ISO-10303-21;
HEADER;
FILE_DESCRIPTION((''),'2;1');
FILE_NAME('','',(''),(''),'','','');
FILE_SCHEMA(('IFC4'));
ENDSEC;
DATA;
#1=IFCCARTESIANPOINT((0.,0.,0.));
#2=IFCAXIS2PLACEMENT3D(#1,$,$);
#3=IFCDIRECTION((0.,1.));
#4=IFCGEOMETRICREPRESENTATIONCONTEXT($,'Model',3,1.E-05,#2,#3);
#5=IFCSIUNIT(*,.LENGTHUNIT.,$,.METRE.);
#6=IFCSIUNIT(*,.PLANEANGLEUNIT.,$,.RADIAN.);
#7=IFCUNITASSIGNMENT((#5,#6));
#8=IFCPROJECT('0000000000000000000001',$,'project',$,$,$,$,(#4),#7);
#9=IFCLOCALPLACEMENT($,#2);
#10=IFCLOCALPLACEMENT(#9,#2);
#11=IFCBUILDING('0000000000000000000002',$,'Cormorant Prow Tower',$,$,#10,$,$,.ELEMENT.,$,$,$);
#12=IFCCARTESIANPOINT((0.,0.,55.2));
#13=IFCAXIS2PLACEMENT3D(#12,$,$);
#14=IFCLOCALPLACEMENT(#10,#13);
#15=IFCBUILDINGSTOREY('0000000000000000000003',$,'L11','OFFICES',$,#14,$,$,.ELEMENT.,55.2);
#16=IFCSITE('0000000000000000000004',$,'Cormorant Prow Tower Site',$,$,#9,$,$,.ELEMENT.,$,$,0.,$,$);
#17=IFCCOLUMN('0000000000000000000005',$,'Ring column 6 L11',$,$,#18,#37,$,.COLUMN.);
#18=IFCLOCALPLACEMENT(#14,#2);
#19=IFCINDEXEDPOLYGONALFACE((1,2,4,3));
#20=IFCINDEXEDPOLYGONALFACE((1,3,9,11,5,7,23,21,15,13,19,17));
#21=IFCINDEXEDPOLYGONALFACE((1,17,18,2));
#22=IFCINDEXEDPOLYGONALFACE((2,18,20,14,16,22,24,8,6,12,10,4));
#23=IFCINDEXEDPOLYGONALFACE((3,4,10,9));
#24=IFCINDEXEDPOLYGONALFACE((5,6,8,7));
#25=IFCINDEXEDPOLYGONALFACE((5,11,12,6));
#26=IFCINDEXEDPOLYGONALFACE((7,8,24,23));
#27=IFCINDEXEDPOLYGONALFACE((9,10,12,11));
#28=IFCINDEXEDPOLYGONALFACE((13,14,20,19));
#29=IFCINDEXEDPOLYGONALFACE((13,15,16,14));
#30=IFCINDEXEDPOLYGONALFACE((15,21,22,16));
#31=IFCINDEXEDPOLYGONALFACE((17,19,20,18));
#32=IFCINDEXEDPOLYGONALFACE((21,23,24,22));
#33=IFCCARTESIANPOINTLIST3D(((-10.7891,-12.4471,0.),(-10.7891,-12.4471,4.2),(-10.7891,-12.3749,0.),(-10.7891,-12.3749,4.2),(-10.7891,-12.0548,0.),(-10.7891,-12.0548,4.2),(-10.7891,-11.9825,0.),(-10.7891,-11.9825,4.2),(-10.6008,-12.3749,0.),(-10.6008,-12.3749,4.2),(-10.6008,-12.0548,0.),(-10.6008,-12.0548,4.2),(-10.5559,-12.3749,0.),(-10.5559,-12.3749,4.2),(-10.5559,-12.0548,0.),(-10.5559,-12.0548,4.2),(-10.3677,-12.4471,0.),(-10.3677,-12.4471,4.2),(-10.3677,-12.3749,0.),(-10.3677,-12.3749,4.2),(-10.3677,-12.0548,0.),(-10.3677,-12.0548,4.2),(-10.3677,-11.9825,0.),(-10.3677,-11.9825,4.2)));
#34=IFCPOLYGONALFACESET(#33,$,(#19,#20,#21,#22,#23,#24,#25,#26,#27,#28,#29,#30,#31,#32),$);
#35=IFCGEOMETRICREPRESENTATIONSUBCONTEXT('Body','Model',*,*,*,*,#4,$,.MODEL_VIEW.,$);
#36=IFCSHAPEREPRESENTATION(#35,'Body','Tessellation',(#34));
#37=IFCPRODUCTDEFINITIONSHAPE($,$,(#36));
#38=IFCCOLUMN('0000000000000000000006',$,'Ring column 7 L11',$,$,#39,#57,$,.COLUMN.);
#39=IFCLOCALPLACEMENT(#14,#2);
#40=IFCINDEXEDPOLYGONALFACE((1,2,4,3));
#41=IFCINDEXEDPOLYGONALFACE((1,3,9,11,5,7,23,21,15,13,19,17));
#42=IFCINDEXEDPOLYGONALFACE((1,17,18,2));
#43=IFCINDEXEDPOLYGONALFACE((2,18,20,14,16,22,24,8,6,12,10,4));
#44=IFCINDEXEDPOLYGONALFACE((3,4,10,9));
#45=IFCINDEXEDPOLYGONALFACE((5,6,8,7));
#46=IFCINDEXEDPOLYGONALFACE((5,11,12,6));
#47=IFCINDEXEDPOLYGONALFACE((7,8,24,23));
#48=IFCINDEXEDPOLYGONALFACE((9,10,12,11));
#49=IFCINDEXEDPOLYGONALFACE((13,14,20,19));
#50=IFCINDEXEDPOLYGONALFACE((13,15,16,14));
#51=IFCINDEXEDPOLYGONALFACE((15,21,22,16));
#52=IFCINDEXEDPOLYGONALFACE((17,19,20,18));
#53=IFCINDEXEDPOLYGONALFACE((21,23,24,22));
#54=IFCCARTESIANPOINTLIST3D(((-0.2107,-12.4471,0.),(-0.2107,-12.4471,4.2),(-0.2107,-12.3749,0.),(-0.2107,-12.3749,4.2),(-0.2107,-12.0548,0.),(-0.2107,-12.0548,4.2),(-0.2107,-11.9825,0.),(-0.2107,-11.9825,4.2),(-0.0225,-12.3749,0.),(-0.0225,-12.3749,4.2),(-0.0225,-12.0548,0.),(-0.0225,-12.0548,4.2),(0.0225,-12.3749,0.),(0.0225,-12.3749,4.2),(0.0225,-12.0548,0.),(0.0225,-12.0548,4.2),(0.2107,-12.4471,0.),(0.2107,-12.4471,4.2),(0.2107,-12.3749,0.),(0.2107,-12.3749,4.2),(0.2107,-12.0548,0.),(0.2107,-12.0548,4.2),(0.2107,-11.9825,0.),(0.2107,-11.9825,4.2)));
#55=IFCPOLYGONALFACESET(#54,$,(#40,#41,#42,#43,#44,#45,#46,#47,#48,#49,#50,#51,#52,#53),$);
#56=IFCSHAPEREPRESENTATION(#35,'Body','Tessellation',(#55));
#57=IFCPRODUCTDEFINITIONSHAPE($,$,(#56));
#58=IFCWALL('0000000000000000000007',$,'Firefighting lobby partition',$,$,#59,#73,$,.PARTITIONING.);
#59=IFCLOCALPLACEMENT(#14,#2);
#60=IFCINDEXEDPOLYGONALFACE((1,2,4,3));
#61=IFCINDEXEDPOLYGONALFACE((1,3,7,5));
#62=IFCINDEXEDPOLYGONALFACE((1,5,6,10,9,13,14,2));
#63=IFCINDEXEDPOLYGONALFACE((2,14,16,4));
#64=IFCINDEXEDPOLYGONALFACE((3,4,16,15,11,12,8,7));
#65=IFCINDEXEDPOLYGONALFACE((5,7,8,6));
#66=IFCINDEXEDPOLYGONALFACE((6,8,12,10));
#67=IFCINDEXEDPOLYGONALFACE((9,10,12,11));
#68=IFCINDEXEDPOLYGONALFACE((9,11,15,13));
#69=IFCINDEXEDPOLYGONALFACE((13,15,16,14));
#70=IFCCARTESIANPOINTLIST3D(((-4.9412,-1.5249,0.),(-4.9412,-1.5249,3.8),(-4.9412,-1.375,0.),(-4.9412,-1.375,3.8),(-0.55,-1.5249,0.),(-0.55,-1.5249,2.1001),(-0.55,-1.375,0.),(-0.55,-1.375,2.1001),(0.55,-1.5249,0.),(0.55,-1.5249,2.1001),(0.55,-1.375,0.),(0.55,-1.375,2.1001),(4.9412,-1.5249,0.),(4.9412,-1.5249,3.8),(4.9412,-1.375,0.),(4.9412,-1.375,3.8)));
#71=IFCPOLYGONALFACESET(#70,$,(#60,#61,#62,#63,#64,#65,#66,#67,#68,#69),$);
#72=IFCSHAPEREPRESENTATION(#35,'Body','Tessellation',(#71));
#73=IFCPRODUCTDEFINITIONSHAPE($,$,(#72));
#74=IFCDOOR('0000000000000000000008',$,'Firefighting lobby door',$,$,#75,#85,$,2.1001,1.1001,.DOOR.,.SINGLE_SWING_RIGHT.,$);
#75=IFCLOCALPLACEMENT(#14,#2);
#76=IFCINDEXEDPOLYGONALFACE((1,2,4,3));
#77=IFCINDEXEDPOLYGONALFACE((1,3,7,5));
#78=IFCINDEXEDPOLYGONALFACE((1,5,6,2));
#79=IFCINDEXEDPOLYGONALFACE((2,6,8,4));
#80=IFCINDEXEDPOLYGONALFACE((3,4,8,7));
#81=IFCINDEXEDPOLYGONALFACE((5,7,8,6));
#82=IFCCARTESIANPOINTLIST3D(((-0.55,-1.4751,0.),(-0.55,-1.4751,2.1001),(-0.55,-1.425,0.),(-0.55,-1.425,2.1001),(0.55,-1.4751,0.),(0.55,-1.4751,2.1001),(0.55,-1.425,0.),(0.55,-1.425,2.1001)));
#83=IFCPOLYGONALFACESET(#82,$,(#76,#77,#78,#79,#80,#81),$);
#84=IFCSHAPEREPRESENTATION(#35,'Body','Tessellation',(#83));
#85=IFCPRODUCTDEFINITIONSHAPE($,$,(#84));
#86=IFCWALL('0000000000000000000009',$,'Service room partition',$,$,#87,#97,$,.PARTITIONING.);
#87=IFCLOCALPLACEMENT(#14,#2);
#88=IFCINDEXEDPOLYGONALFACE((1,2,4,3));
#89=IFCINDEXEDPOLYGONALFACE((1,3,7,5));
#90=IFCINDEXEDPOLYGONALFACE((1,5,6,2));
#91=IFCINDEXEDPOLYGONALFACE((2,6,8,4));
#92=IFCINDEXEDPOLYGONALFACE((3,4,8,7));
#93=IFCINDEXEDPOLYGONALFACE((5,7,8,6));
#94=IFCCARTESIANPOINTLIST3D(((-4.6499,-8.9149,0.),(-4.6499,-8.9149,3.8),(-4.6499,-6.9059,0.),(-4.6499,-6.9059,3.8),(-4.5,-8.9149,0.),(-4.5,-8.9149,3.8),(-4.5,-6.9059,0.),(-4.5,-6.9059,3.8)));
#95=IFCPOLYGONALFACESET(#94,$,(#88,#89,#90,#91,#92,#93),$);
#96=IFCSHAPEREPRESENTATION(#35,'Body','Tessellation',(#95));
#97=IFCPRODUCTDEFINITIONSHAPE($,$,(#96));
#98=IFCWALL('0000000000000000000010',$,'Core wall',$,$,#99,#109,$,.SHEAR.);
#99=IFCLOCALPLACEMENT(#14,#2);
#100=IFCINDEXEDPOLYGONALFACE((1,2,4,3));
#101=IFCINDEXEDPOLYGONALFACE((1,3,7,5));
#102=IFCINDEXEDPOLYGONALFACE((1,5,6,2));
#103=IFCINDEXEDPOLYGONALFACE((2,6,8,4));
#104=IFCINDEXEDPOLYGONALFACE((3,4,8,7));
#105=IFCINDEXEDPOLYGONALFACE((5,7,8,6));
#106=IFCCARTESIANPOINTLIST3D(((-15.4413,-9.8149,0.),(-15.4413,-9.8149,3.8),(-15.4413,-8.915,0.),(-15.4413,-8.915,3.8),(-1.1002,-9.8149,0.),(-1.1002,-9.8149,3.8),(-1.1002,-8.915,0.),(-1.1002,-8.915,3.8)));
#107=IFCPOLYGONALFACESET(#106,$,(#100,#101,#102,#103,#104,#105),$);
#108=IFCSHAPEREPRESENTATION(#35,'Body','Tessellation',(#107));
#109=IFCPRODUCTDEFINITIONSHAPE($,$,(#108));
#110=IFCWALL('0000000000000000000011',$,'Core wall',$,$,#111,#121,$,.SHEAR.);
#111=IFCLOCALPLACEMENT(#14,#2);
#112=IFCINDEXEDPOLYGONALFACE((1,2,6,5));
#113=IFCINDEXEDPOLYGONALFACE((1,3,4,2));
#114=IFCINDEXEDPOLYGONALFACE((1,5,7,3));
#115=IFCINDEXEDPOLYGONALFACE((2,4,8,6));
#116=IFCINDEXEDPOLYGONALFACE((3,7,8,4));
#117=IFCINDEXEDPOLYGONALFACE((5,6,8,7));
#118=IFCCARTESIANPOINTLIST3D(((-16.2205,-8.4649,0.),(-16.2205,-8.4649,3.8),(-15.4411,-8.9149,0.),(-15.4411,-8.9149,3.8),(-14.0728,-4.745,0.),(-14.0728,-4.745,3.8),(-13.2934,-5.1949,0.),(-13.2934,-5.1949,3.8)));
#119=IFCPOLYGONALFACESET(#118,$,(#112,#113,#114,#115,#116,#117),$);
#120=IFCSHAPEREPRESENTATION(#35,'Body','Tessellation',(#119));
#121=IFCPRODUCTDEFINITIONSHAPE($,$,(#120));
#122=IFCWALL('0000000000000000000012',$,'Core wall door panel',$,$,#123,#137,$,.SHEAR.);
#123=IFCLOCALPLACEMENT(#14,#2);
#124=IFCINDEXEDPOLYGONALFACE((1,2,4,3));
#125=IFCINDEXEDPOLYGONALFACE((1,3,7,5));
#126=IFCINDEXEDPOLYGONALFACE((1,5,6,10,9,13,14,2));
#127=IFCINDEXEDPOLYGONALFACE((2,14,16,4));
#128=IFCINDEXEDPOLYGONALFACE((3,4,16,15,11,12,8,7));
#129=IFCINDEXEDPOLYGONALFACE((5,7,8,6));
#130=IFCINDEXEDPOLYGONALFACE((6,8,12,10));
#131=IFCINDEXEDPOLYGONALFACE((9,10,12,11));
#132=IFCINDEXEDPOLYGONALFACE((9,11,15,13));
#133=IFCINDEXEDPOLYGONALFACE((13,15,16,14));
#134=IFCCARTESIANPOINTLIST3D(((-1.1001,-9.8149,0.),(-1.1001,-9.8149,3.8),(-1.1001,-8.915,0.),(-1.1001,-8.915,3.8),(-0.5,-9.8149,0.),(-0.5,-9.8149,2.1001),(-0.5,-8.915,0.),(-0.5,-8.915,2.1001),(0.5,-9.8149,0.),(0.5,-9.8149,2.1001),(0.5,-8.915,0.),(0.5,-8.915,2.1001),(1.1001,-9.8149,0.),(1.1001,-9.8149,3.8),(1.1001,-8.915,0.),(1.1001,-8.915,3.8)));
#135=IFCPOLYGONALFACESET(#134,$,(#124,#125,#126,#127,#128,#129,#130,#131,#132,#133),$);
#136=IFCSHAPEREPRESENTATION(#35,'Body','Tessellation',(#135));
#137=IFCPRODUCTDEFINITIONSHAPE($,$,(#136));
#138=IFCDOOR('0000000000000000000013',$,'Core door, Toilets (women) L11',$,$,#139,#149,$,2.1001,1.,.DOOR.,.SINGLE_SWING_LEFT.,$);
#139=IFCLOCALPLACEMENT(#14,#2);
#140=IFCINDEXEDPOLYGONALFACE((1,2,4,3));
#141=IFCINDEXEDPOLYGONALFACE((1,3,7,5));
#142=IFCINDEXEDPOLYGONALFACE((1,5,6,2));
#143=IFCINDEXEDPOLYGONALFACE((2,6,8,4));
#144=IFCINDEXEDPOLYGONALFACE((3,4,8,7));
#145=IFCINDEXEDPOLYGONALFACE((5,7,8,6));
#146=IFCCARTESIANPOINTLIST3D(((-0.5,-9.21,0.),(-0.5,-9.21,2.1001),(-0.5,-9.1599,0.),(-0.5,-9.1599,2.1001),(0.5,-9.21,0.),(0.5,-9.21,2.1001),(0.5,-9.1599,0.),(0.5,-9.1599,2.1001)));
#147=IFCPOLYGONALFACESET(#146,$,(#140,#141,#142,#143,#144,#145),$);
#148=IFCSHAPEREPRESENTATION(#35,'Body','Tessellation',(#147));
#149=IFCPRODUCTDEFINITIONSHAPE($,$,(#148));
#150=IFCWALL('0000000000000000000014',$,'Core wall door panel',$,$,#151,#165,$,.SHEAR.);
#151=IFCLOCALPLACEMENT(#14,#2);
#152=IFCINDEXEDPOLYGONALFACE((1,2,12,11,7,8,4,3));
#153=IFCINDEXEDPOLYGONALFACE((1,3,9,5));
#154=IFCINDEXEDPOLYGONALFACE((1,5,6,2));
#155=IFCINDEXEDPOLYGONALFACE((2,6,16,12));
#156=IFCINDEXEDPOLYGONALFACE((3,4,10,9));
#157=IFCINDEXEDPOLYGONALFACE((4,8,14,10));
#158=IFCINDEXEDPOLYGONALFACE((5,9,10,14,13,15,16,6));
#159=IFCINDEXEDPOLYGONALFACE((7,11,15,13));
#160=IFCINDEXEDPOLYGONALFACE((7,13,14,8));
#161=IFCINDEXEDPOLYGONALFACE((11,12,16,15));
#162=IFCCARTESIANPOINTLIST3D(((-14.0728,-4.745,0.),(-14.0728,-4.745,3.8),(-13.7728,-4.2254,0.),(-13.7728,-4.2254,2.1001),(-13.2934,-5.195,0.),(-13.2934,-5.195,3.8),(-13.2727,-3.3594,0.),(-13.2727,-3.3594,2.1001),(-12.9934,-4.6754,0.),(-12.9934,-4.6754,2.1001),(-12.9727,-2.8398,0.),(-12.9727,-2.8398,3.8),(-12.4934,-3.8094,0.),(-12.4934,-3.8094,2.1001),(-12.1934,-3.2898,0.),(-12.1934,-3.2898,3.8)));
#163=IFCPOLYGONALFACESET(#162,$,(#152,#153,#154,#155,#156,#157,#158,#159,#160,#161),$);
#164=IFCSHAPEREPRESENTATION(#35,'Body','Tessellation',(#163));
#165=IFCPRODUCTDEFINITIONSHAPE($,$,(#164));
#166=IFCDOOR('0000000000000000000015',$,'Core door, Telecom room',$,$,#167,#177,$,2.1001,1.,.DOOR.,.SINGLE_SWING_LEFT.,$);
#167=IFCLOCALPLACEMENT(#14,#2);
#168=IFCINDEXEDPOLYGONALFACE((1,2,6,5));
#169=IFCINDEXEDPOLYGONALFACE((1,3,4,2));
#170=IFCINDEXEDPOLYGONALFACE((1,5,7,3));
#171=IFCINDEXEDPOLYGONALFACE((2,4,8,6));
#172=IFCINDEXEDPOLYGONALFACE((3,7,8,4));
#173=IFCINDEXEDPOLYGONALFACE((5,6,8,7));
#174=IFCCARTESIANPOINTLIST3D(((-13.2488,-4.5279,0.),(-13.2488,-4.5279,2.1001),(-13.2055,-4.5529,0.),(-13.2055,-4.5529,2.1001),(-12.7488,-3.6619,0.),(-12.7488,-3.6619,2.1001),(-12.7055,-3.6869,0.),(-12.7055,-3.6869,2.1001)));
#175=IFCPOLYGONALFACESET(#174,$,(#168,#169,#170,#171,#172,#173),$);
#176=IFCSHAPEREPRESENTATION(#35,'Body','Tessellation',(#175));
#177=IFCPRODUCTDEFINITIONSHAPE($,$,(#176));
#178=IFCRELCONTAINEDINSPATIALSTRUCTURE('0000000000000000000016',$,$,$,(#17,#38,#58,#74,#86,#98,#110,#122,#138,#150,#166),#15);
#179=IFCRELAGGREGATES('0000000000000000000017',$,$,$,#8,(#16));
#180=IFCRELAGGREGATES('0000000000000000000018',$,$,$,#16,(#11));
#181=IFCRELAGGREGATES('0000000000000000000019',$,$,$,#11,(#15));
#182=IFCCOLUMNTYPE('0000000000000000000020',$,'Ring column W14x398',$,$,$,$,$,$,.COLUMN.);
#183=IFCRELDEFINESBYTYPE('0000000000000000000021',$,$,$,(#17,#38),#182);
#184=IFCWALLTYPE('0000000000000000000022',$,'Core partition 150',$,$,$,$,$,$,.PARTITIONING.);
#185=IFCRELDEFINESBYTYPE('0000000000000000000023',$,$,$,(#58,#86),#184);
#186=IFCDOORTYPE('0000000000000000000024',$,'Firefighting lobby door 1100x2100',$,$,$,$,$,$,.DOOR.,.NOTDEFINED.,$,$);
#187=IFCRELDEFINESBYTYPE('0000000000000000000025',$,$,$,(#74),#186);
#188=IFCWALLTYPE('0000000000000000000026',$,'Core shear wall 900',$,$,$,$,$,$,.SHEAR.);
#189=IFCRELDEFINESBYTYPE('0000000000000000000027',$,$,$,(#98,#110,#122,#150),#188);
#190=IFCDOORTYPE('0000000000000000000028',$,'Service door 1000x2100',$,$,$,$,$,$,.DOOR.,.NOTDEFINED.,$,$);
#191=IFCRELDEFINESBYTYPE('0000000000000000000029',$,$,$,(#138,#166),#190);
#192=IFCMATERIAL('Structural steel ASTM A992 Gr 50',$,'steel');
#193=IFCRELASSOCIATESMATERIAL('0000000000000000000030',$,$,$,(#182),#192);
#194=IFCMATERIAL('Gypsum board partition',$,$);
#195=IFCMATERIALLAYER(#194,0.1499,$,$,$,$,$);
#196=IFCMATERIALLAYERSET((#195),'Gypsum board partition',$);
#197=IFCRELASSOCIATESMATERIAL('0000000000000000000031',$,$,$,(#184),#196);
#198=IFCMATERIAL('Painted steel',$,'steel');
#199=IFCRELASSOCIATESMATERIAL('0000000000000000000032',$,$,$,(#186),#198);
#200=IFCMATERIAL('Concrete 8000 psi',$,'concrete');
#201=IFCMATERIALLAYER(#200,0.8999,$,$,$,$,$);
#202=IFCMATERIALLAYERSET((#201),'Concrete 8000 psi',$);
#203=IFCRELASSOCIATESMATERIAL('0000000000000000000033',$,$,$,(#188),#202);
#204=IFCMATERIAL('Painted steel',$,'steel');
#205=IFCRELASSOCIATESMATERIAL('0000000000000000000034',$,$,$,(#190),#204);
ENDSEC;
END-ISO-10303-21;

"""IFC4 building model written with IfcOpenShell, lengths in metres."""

from ifc_helpers import new_model, si_unit, direction, frame, frame_2d, origin, origin_2d, place, context, subcontext, project, spatial, rectangle, i_section, extrude, material, layer, layer_set, material_profile, profile_set, type_object, element, fill, save


model = new_model("IFC4")

# Units and contexts
model_context = context("Model", 3, precision=1e-05, world=origin(), true_north=direction((0.0, 1.0)))
body_context = subcontext(model_context, "Body", "Model", "MODEL_VIEW")
ifc_project = project(units=[si_unit("LENGTHUNIT", "METRE"), si_unit("PLANEANGLEUNIT", "RADIAN")], contexts=[model_context])

# Site, building, storey
site_placement = place(None, origin())
site = spatial("IfcSite", under=ifc_project, at=site_placement, Name="Cormorant Prow Tower Site", CompositionType="ELEMENT", RefElevation=0.0)
building_placement = place(site_placement, origin())
building = spatial("IfcBuilding", under=site, at=building_placement, Name="Cormorant Prow Tower", CompositionType="ELEMENT")
storey_placement = place(building_placement, frame((0.0, 0.0, 55.2)))
storey = spatial("IfcBuildingStorey", under=building, at=storey_placement, Name="L11", Description="OFFICES", CompositionType="ELEMENT", Elevation=55.2)

# Columns
ifc_material_1 = material(Name="Structural steel ASTM A992 Gr 50", Category="steel")
ifc_material_profile = material_profile(ifc_material_1, i_section(OverallWidth=0.4214, OverallDepth=0.4646, WebThickness=0.0449, FlangeThickness=0.0723, at=origin_2d()), Name="W14x398")
ifc_profile_set = profile_set([ifc_material_profile], Name="Structural steel ASTM A992 Gr 50")
column_type = type_object("IfcColumnType", Name="Ring column W14x398", PredefinedType="COLUMN", material=ifc_profile_set)
for number, where, z_axis, x_axis, name in (
    (1, (-10.5784, -12.2148, 0.0), (0.0, 0.0, 1.0), (1.0, 0.0, 0.0), "Ring column 6 L11"),
    (2, (0.0, -12.2148, 0.0), (0.0, 0.0, 1.0), (1.0, 0.0, 0.0), "Ring column 7 L11"),
):
    element("IfcColumn", number, at=place(storey_placement, frame(where, z_axis=z_axis, x_axis=x_axis)), inside=storey, type_object=column_type, Name=name, PredefinedType="COLUMN", context=body_context, shape_type="SweptSolid", body=[
        extrude(i_section(OverallWidth=0.4214, OverallDepth=0.4646, WebThickness=0.0449, FlangeThickness=0.0723, at=origin_2d()), origin(), (0.0, 0.0, 1.0), 4.2),
    ])

# Wall, opening, door
ifc_material_2 = material(Name="Gypsum board partition")
ifc_layer_1 = layer(ifc_material_2, 0.1499)
ifc_layer_set_1 = layer_set([ifc_layer_1], Name="Gypsum board partition")
wall_type_1 = type_object("IfcWallType", Name="Core partition 150", PredefinedType="PARTITIONING", material=ifc_layer_set_1)
wall_1_placement = place(storey_placement, frame((-4.9412, -1.45, 0.0), z_axis=(0.0, 0.0, 1.0), x_axis=(1.0, 0.0, 0.0)))
wall_1 = element("IfcWall", 3, at=wall_1_placement, inside=storey, type_object=wall_type_1, Name="Firefighting lobby partition", PredefinedType="PARTITIONING", context=body_context, shape_type="SweptSolid", body=[
    extrude(rectangle(XDim=9.8823, YDim=0.1499, at=frame_2d((4.9412, 0.0))), origin(), (0.0, 0.0, 1.0), 3.8),
])
opening_1_placement = place(wall_1_placement, frame((4.3911, 0.0, 0.0)))
opening_1 = element("IfcOpeningElement", 4, at=opening_1_placement, cuts=wall_1, PredefinedType="OPENING", context=body_context, shape_type="SweptSolid", body=[
    extrude(rectangle(XDim=1.1001, YDim=2.1001, at=frame_2d((0.55, 1.05))), frame((0.0, 0.085, 0.0), z_axis=(0.0, -1.0, 0.0), x_axis=(1.0, 0.0, 0.0)), (0.0, 0.0, 1.0), 0.1699),
])
ifc_material_3 = material(Name="Painted steel", Category="steel")
door_type_1 = type_object("IfcDoorType", Name="Firefighting lobby door 1100x2100", OperationType="NOTDEFINED", PredefinedType="DOOR", material=ifc_material_3)
door_1_placement = place(opening_1_placement, origin())
door_1 = element("IfcDoor", 5, at=door_1_placement, inside=storey, type_object=door_type_1, Name="Firefighting lobby door", OperationType="SINGLE_SWING_RIGHT", OverallHeight=2.1001, OverallWidth=1.1001, PredefinedType="DOOR", context=body_context, shape_type="SweptSolid", body=[
    extrude(rectangle(XDim=1.1001, YDim=2.1001, at=frame_2d((0.55, 1.05))), frame((0.0, 0.0249, 0.0), z_axis=(0.0, -1.0, 0.0), x_axis=(1.0, 0.0, 0.0)), (0.0, 0.0, 1.0), 0.05),
])
fill(opening_1, door_1)

# Walls
wall_2_placement = place(storey_placement, frame((-4.575, -6.906, 0.0), z_axis=(0.0, 0.0, 1.0), x_axis=(0.0, -1.0, 0.0)))
element("IfcWall", 6, at=wall_2_placement, inside=storey, type_object=wall_type_1, Name="Service room partition", PredefinedType="PARTITIONING", context=body_context, shape_type="SweptSolid", body=[
    extrude(rectangle(XDim=2.009, YDim=0.1499, at=frame_2d((1.0044, 0.0))), origin(), (0.0, 0.0, 1.0), 3.8),
])
ifc_material_4 = material(Name="Concrete 8000 psi", Category="concrete")
ifc_layer_2 = layer(ifc_material_4, 0.8999)
ifc_layer_set_2 = layer_set([ifc_layer_2], Name="Concrete 8000 psi")
wall_type_2 = type_object("IfcWallType", Name="Core shear wall 900", PredefinedType="SHEAR", material=ifc_layer_set_2)
wall_3_placement = place(storey_placement, frame((-15.4412, -9.365, 0.0), z_axis=(0.0, 0.0, 1.0), x_axis=(1.0, 0.0, 0.0)))
element("IfcWall", 7, at=wall_3_placement, inside=storey, type_object=wall_type_2, Name="Core wall", PredefinedType="SHEAR", context=body_context, shape_type="SweptSolid", body=[
    extrude(rectangle(XDim=14.3411, YDim=0.8999, at=frame_2d((7.1704, 0.0))), origin(), (0.0, 0.0, 1.0), 3.8),
])
wall_4_placement = place(storey_placement, frame((-13.6831, -4.97, 0.0), z_axis=(0.0, 0.0, 1.0), x_axis=(-0.499996, -0.866028, 0.0)))
element("IfcWall", 8, at=wall_4_placement, inside=storey, type_object=wall_type_2, Name="Core wall", PredefinedType="SHEAR", context=body_context, shape_type="SweptSolid", body=[
    extrude(rectangle(XDim=4.2954, YDim=0.8999, at=frame_2d((2.1477, 0.0))), origin(), (0.0, 0.0, 1.0), 3.8),
])

# Walls, openings, doors
wall_5_placement = place(storey_placement, frame((-1.1001, -9.365, 0.0), z_axis=(0.0, 0.0, 1.0), x_axis=(1.0, 0.0, 0.0)))
wall_5 = element("IfcWall", 9, at=wall_5_placement, inside=storey, type_object=wall_type_2, Name="Core wall door panel", PredefinedType="SHEAR", context=body_context, shape_type="SweptSolid", body=[
    extrude(rectangle(XDim=2.2002, YDim=0.8999, at=frame_2d((1.1001, 0.0))), origin(), (0.0, 0.0, 1.0), 3.8),
])
opening_2_placement = place(wall_5_placement, frame((0.6001, 0.0, 0.0)))
opening_2 = element("IfcOpeningElement", 10, at=opening_2_placement, cuts=wall_5, PredefinedType="OPENING", context=body_context, shape_type="SweptSolid", body=[
    extrude(rectangle(XDim=1.0, YDim=2.1001, at=frame_2d((0.5, 1.05))), frame((0.0, 0.46, 0.0), z_axis=(0.0, -1.0, 0.0), x_axis=(1.0, 0.0, 0.0)), (0.0, 0.0, 1.0), 0.9199),
])
ifc_material_5 = material(Name="Painted steel", Category="steel")
door_type_2 = type_object("IfcDoorType", Name="Service door 1000x2100", OperationType="NOTDEFINED", PredefinedType="DOOR", material=ifc_material_5)
door_2_placement = place(opening_2_placement, origin())
door_2 = element("IfcDoor", 11, at=door_2_placement, inside=storey, type_object=door_type_2, Name="Core door, Toilets (women) L11", OperationType="SINGLE_SWING_LEFT", OverallHeight=2.1001, OverallWidth=1.0, PredefinedType="DOOR", context=body_context, shape_type="SweptSolid", body=[
    extrude(rectangle(XDim=1.0, YDim=2.1001, at=frame_2d((0.5, 1.05))), frame((0.0, 0.2051, 0.0), z_axis=(0.0, -1.0, 0.0), x_axis=(1.0, 0.0, 0.0)), (0.0, 0.0, 1.0), 0.05),
])
fill(opening_2, door_2)
wall_6_placement = place(storey_placement, frame((-12.583, -3.0647, 0.0), z_axis=(0.0, 0.0, 1.0), x_axis=(-0.50003, -0.866008, 0.0)))
wall_6 = element("IfcWall", 12, at=wall_6_placement, inside=storey, type_object=wall_type_2, Name="Core wall door panel", PredefinedType="SHEAR", context=body_context, shape_type="SweptSolid", body=[
    extrude(rectangle(XDim=2.2, YDim=0.8999, at=frame_2d((1.1001, 0.0))), origin(), (0.0, 0.0, 1.0), 3.8),
])
opening_3_placement = place(wall_6_placement, frame((0.6001, 0.0, 0.0)))
opening_3 = element("IfcOpeningElement", 13, at=opening_3_placement, cuts=wall_6, PredefinedType="OPENING", context=body_context, shape_type="SweptSolid", body=[
    extrude(rectangle(XDim=1.0, YDim=2.1001, at=frame_2d((0.5, 1.05))), frame((0.0, 0.46, 0.0), z_axis=(0.0, -1.0, 0.0), x_axis=(1.0, 0.0, 0.0)), (0.0, 0.0, 1.0), 0.9199),
])
door_3_placement = place(opening_3_placement, origin())
door_3 = element("IfcDoor", 14, at=door_3_placement, inside=storey, type_object=door_type_2, Name="Core door, Telecom room", OperationType="SINGLE_SWING_LEFT", OverallHeight=2.1001, OverallWidth=1.0, PredefinedType="DOOR", context=body_context, shape_type="SweptSolid", body=[
    extrude(rectangle(XDim=1.0, YDim=2.1001, at=frame_2d((0.5, 1.05))), frame((0.0, 0.2051, 0.0), z_axis=(0.0, -1.0, 0.0), x_axis=(1.0, 0.0, 0.0)), (0.0, 0.0, 1.0), 0.05),
])
fill(opening_3, door_3)

save(model, "model.ifc")
